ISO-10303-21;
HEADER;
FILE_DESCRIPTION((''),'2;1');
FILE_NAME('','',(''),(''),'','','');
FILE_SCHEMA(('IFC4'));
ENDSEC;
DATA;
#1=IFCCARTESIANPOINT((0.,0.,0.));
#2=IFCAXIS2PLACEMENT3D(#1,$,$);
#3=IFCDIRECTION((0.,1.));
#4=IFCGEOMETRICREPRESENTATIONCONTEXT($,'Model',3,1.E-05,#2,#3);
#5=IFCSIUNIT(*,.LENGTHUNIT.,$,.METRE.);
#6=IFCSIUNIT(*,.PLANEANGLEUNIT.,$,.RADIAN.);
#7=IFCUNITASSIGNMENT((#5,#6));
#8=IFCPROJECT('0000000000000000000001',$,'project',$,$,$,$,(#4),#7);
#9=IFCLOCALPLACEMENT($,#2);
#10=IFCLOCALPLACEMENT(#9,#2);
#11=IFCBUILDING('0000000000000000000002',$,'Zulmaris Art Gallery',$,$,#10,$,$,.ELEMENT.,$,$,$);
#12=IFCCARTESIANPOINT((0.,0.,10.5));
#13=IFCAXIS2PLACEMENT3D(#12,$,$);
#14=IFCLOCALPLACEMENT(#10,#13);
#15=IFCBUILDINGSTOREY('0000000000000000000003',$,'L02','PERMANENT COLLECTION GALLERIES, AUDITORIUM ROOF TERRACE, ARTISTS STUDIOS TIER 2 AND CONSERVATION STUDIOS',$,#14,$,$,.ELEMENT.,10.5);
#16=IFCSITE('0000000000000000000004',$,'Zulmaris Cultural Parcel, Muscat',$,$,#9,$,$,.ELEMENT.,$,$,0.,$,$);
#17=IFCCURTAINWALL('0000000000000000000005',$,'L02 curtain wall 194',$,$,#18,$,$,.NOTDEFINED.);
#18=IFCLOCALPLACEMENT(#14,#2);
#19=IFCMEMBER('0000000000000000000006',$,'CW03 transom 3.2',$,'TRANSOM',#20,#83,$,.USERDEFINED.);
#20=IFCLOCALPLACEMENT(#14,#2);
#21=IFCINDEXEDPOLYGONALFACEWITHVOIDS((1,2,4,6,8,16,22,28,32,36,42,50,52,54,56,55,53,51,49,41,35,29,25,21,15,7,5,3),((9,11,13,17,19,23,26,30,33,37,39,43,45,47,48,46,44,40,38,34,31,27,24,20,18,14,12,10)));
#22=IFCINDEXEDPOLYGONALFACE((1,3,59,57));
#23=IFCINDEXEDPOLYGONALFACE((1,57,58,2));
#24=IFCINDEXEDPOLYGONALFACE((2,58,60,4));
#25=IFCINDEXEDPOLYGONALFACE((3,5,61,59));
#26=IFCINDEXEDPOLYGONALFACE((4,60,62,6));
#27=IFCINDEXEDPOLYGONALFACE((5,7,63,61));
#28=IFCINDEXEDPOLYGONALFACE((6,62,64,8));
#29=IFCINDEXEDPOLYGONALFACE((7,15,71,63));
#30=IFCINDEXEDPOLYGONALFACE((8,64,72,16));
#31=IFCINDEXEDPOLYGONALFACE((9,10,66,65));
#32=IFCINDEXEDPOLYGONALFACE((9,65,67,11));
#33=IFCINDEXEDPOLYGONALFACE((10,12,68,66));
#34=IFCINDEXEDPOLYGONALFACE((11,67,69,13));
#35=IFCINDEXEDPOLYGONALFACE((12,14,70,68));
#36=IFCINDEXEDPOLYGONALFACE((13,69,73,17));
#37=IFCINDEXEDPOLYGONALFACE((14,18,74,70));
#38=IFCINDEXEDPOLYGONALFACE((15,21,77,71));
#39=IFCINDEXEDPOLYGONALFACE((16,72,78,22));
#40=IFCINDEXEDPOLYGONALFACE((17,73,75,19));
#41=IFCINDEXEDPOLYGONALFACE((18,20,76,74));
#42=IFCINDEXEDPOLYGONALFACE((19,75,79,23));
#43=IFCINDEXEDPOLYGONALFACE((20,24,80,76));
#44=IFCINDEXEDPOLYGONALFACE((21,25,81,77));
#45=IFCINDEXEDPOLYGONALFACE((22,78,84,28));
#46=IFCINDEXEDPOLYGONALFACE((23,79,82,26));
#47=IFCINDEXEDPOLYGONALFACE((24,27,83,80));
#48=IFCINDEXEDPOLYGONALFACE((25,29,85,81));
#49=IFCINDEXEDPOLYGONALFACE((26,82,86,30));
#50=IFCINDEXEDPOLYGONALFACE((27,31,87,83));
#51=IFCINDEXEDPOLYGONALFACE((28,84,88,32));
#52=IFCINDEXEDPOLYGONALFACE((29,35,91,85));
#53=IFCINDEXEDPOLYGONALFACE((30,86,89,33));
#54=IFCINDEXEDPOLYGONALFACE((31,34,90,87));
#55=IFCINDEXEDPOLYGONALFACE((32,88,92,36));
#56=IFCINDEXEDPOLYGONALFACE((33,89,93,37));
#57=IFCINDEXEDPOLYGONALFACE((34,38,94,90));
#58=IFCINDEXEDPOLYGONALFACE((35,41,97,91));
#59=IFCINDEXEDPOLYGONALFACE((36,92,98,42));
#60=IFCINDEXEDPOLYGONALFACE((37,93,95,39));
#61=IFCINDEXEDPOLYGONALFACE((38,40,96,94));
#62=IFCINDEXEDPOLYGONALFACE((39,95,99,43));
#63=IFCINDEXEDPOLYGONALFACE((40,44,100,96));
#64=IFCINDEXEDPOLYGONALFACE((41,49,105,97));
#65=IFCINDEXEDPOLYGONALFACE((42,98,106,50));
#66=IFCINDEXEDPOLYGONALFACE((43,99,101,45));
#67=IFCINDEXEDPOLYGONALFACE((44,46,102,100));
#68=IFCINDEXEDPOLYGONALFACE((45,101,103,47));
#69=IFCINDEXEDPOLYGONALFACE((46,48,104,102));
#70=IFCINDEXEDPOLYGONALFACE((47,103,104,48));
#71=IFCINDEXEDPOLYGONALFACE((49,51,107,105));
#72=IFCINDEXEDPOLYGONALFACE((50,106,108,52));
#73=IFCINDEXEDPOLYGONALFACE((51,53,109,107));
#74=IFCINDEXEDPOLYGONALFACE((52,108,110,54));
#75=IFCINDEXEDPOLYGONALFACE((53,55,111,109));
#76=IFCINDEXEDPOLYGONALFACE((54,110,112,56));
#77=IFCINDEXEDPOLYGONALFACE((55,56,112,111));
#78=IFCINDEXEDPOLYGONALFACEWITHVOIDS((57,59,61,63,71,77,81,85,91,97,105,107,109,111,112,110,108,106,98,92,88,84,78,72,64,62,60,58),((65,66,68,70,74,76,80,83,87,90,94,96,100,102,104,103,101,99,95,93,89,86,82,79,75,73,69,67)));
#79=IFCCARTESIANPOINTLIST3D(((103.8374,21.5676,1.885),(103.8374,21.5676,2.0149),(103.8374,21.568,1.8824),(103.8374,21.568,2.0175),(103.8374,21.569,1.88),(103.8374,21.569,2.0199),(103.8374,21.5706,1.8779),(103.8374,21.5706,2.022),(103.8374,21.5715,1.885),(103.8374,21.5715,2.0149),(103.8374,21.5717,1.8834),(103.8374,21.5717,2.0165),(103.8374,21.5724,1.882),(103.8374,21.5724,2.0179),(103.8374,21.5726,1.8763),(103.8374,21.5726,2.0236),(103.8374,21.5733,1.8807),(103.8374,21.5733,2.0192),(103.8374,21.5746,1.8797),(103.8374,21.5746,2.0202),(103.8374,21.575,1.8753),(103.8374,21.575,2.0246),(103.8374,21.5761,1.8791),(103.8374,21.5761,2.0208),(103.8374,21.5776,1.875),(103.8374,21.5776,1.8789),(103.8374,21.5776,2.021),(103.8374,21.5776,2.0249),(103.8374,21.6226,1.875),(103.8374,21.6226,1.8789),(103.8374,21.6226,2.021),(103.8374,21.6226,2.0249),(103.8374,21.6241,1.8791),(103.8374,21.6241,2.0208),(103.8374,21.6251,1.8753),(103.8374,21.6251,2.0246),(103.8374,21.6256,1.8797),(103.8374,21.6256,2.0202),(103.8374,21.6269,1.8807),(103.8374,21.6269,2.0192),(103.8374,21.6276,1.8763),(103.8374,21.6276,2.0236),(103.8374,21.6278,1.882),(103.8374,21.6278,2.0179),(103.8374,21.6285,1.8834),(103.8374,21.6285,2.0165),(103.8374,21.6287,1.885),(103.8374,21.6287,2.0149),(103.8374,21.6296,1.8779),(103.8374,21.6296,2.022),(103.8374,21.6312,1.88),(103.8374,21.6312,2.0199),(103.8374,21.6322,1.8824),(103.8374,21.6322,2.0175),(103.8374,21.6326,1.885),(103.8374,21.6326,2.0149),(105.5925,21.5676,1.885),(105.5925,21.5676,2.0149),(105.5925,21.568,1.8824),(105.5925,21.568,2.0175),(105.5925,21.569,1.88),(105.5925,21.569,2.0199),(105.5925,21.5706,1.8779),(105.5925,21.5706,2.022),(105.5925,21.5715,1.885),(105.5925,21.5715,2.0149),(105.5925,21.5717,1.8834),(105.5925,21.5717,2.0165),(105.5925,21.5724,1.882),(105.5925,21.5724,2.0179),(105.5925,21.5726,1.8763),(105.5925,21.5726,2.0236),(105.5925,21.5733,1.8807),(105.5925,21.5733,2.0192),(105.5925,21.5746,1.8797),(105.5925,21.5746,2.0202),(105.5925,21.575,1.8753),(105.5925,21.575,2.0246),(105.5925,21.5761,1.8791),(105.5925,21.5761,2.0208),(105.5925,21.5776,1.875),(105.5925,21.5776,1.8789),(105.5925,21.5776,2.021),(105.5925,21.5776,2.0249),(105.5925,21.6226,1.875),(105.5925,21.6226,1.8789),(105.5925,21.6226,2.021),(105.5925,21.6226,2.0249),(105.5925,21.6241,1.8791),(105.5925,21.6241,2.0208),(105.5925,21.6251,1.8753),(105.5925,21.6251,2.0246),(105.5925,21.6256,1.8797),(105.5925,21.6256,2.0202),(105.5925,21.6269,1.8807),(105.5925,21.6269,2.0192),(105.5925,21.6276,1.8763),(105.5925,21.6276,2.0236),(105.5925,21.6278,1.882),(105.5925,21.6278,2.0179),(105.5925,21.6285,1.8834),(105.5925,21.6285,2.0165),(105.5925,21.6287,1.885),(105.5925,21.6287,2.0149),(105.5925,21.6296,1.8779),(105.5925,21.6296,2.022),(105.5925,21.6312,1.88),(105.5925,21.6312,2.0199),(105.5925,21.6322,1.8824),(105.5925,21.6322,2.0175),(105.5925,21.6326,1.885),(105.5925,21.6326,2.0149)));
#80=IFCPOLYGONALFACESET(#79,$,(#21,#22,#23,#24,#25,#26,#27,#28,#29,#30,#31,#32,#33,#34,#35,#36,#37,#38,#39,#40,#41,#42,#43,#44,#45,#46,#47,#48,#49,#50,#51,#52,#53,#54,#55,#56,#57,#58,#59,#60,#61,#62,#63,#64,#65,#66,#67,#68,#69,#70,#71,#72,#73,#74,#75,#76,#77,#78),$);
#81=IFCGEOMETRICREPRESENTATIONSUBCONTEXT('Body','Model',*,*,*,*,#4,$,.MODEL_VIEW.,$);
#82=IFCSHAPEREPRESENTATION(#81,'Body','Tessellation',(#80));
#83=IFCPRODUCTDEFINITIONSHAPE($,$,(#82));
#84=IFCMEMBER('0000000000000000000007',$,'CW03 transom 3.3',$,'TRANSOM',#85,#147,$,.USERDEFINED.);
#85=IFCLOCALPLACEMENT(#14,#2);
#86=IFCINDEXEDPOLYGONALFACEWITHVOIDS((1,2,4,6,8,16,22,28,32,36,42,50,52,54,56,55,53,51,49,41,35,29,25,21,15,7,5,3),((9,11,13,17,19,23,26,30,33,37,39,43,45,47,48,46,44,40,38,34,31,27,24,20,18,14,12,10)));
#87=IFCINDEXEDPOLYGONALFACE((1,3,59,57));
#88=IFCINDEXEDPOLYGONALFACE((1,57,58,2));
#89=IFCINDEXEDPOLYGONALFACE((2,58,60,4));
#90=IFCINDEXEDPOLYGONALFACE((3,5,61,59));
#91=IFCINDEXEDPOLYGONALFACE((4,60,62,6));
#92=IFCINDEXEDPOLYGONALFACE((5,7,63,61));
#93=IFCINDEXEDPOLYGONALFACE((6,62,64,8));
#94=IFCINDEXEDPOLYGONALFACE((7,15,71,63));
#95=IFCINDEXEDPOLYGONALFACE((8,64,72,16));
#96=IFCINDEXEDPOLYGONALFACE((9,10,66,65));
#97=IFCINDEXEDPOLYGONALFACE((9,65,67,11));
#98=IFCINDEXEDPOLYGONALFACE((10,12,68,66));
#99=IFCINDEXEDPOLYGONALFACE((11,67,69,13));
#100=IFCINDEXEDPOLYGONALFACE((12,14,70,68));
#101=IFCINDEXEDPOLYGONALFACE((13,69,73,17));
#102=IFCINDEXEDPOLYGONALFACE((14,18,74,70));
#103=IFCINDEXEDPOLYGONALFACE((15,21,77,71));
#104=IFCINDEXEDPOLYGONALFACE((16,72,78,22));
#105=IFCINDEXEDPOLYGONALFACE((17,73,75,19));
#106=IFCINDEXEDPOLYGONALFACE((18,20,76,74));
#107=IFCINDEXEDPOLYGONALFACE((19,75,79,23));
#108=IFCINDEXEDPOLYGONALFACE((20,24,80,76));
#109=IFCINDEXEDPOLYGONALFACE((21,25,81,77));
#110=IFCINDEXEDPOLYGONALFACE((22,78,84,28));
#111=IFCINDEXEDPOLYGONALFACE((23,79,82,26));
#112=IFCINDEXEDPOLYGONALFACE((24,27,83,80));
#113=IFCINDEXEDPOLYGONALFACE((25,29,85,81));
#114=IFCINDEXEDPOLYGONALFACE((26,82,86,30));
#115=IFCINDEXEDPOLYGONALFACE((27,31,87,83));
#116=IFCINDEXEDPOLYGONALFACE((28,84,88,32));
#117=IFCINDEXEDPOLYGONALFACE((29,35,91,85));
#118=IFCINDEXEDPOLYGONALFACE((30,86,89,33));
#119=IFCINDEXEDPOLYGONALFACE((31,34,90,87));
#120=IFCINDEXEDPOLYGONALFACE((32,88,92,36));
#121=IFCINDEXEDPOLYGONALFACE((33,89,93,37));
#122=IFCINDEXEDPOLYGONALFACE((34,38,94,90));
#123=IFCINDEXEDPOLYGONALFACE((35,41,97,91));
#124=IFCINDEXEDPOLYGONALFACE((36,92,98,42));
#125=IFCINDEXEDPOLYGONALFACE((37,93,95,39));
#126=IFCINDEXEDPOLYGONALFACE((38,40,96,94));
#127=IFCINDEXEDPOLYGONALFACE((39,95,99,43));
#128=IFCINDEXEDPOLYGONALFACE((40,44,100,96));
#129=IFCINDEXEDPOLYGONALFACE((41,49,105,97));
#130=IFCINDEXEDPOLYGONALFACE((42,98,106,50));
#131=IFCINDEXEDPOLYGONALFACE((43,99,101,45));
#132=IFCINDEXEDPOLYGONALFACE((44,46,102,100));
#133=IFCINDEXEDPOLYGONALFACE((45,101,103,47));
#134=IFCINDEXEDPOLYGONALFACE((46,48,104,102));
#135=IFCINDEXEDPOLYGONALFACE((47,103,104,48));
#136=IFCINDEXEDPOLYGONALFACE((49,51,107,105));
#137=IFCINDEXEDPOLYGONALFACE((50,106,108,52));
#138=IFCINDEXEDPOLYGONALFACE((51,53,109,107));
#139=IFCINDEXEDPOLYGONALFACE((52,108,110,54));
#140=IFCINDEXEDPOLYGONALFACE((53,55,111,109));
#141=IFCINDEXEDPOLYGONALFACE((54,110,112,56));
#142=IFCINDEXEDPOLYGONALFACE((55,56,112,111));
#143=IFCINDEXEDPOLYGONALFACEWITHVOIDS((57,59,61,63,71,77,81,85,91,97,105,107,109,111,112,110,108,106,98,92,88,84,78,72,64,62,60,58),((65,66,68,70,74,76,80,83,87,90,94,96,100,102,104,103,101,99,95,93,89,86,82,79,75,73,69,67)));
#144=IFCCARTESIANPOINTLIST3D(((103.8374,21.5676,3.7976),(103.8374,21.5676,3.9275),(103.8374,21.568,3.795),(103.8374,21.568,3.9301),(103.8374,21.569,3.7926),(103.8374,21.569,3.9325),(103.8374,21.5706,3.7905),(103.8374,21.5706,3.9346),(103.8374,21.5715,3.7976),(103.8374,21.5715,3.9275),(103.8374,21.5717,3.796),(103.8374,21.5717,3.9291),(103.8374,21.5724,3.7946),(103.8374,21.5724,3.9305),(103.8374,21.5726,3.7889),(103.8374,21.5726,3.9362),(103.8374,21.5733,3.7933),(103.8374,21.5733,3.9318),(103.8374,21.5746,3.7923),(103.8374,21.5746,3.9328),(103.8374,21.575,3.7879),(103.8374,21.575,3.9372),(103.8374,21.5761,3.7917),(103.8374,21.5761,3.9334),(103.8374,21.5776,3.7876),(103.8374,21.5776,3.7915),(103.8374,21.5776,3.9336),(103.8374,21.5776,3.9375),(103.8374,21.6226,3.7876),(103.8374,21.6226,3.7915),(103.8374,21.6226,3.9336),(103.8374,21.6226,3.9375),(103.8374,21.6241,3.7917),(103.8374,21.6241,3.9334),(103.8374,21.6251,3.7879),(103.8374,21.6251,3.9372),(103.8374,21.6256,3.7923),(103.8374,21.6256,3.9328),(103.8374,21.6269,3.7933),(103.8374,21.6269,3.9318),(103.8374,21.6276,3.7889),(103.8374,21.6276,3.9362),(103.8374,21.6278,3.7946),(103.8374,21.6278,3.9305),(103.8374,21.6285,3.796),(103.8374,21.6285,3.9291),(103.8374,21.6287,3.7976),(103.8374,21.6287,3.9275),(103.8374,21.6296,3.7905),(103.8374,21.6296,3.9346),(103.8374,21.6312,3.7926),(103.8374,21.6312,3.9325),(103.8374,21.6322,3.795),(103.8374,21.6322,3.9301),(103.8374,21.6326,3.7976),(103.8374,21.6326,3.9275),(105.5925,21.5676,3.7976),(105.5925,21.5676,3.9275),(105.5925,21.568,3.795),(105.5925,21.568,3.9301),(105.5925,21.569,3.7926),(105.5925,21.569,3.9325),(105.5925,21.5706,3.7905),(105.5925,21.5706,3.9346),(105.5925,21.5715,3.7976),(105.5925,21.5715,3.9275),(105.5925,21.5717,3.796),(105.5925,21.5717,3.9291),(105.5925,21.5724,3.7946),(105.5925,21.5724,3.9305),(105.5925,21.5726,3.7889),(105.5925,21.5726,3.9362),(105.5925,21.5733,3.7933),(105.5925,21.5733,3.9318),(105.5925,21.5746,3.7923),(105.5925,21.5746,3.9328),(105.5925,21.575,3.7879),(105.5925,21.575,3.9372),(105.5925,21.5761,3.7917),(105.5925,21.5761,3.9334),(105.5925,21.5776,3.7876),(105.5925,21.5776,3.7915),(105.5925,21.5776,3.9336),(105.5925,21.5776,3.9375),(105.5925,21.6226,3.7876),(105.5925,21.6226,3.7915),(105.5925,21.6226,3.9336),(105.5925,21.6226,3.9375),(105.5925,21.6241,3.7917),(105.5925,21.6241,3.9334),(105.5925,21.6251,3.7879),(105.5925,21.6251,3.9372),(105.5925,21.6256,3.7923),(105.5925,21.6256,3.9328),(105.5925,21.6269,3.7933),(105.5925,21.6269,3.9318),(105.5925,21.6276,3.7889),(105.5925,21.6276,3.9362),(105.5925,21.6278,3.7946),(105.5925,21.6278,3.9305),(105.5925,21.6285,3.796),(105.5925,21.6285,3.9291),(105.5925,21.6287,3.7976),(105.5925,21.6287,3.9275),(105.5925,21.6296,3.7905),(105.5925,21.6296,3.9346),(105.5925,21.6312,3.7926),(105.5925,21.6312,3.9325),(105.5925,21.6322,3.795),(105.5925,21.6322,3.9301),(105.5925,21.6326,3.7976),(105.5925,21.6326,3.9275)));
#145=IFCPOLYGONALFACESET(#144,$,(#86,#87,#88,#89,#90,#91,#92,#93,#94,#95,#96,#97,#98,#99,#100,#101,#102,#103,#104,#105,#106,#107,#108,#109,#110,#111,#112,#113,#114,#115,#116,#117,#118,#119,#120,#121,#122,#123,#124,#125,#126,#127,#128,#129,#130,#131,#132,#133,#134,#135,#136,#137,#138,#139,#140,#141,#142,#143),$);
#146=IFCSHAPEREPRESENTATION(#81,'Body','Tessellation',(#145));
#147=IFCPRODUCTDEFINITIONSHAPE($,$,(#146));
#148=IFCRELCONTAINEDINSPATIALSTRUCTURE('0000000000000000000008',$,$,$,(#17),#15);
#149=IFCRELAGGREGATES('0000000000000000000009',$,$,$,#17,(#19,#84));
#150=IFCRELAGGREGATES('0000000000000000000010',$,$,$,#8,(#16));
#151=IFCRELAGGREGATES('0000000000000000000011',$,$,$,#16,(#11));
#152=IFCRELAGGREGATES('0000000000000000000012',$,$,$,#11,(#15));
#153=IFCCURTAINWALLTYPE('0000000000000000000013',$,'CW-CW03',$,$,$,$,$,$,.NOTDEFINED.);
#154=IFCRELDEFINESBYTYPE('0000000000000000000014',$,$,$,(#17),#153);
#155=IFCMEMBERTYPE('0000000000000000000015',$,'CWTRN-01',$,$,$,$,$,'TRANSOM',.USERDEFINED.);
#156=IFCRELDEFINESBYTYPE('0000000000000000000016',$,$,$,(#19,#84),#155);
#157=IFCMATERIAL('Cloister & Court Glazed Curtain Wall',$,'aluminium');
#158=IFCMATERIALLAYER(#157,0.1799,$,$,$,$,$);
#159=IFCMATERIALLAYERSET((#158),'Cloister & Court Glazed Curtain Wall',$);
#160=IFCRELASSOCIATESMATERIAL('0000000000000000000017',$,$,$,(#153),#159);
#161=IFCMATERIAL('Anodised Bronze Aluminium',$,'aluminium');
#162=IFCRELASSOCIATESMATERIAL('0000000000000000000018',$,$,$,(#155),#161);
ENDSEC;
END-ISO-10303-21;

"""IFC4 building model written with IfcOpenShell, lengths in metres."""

from ifc_helpers import new_model, si_unit, direction, frame, origin, origin_2d, place, context, subcontext, project, spatial, hollow_rectangle, extrude, material, layer, layer_set, material_profile, profile_set, type_object, element, aggregate, save


model = new_model("IFC4")

# Units and contexts
model_context = context("Model", 3, precision=1e-05, world=origin(), true_north=direction((0.0, 1.0)))
body_context = subcontext(model_context, "Body", "Model", "MODEL_VIEW")
ifc_project = project(units=[si_unit("LENGTHUNIT", "METRE"), si_unit("PLANEANGLEUNIT", "RADIAN")], contexts=[model_context])

# Site, building, storey
site_placement = place(None, origin())
site = spatial("IfcSite", under=ifc_project, at=site_placement, Name="Zulmaris Cultural Parcel, Muscat", CompositionType="ELEMENT", RefElevation=0.0)
building_placement = place(site_placement, origin())
building = spatial("IfcBuilding", under=site, at=building_placement, Name="Zulmaris Art Gallery", CompositionType="ELEMENT")
storey_placement = place(building_placement, frame((0.0, 0.0, 10.5)))
storey = spatial("IfcBuildingStorey", under=building, at=storey_placement, Name="L02", Description="PERMANENT COLLECTION GALLERIES, AUDITORIUM ROOF TERRACE, ARTISTS STUDIOS TIER 2 AND CONSERVATION STUDIOS", CompositionType="ELEMENT", Elevation=10.5)

# Shared definitions
ifc_material_1 = material(Name="Cloister & Court Glazed Curtain Wall", Category="aluminium")
ifc_layer_1 = layer(ifc_material_1, 0.1799)
ifc_layer_set_1 = layer_set([ifc_layer_1], Name="Cloister & Court Glazed Curtain Wall")
curtain_wall_type = type_object("IfcCurtainWallType", Name="CW-CW03", PredefinedType="NOTDEFINED", material=ifc_layer_set_1)
ifc_material_2 = material(Name="Anodised Bronze Aluminium", Category="aluminium")

# Curtain wall, members
curtain_wall_1_placement = place(storey_placement, origin())
curtain_wall_1 = element("IfcCurtainWall", 1, at=curtain_wall_1_placement, inside=storey, type_object=curtain_wall_type, Name="L02 curtain wall 194", PredefinedType="NOTDEFINED")
ifc_material_profile_1 = material_profile(ifc_material_2, hollow_rectangle(XDim=0.0649, YDim=0.1499, WallThickness=0.0039, InnerFilletRadius=0.0061, OuterFilletRadius=0.01, at=origin_2d()), Name="ALU 65x150x4")
ifc_profile_set_1 = profile_set([ifc_material_profile_1], Name="Anodised Bronze Aluminium")
member_type_1 = type_object("IfcMemberType", Name="CWTRN-01", ElementType="TRANSOM", PredefinedType="USERDEFINED", material=ifc_profile_set_1)
member_1_placement = place(storey_placement, frame((103.8374, 21.6001, 1.95), z_axis=(1.0, 0.0, 0.0), x_axis=(0.0, 1.0, 0.0)))
member_1 = element("IfcMember", 2, at=member_1_placement, type_object=member_type_1, Name="CW03 transom 3.2", ObjectType="TRANSOM", PredefinedType="USERDEFINED", context=body_context, shape_type="SweptSolid", body=[
    extrude(hollow_rectangle(XDim=0.0649, YDim=0.1499, WallThickness=0.0039, InnerFilletRadius=0.0061, OuterFilletRadius=0.01, at=origin_2d()), origin(), (0.0, 0.0, 1.0), 1.7551),
])
member_2_placement = place(storey_placement, frame((103.8374, 21.6001, 3.8625), z_axis=(1.0, 0.0, 0.0), x_axis=(0.0, 1.0, 0.0)))
member_2 = element("IfcMember", 3, at=member_2_placement, type_object=member_type_1, Name="CW03 transom 3.3", ObjectType="TRANSOM", PredefinedType="USERDEFINED", context=body_context, shape_type="SweptSolid", body=[
    extrude(hollow_rectangle(XDim=0.0649, YDim=0.1499, WallThickness=0.0039, InnerFilletRadius=0.0061, OuterFilletRadius=0.01, at=origin_2d()), origin(), (0.0, 0.0, 1.0), 1.7551),
])
aggregate(curtain_wall_1, [member_1, member_2])

save(model, "model.ifc")
